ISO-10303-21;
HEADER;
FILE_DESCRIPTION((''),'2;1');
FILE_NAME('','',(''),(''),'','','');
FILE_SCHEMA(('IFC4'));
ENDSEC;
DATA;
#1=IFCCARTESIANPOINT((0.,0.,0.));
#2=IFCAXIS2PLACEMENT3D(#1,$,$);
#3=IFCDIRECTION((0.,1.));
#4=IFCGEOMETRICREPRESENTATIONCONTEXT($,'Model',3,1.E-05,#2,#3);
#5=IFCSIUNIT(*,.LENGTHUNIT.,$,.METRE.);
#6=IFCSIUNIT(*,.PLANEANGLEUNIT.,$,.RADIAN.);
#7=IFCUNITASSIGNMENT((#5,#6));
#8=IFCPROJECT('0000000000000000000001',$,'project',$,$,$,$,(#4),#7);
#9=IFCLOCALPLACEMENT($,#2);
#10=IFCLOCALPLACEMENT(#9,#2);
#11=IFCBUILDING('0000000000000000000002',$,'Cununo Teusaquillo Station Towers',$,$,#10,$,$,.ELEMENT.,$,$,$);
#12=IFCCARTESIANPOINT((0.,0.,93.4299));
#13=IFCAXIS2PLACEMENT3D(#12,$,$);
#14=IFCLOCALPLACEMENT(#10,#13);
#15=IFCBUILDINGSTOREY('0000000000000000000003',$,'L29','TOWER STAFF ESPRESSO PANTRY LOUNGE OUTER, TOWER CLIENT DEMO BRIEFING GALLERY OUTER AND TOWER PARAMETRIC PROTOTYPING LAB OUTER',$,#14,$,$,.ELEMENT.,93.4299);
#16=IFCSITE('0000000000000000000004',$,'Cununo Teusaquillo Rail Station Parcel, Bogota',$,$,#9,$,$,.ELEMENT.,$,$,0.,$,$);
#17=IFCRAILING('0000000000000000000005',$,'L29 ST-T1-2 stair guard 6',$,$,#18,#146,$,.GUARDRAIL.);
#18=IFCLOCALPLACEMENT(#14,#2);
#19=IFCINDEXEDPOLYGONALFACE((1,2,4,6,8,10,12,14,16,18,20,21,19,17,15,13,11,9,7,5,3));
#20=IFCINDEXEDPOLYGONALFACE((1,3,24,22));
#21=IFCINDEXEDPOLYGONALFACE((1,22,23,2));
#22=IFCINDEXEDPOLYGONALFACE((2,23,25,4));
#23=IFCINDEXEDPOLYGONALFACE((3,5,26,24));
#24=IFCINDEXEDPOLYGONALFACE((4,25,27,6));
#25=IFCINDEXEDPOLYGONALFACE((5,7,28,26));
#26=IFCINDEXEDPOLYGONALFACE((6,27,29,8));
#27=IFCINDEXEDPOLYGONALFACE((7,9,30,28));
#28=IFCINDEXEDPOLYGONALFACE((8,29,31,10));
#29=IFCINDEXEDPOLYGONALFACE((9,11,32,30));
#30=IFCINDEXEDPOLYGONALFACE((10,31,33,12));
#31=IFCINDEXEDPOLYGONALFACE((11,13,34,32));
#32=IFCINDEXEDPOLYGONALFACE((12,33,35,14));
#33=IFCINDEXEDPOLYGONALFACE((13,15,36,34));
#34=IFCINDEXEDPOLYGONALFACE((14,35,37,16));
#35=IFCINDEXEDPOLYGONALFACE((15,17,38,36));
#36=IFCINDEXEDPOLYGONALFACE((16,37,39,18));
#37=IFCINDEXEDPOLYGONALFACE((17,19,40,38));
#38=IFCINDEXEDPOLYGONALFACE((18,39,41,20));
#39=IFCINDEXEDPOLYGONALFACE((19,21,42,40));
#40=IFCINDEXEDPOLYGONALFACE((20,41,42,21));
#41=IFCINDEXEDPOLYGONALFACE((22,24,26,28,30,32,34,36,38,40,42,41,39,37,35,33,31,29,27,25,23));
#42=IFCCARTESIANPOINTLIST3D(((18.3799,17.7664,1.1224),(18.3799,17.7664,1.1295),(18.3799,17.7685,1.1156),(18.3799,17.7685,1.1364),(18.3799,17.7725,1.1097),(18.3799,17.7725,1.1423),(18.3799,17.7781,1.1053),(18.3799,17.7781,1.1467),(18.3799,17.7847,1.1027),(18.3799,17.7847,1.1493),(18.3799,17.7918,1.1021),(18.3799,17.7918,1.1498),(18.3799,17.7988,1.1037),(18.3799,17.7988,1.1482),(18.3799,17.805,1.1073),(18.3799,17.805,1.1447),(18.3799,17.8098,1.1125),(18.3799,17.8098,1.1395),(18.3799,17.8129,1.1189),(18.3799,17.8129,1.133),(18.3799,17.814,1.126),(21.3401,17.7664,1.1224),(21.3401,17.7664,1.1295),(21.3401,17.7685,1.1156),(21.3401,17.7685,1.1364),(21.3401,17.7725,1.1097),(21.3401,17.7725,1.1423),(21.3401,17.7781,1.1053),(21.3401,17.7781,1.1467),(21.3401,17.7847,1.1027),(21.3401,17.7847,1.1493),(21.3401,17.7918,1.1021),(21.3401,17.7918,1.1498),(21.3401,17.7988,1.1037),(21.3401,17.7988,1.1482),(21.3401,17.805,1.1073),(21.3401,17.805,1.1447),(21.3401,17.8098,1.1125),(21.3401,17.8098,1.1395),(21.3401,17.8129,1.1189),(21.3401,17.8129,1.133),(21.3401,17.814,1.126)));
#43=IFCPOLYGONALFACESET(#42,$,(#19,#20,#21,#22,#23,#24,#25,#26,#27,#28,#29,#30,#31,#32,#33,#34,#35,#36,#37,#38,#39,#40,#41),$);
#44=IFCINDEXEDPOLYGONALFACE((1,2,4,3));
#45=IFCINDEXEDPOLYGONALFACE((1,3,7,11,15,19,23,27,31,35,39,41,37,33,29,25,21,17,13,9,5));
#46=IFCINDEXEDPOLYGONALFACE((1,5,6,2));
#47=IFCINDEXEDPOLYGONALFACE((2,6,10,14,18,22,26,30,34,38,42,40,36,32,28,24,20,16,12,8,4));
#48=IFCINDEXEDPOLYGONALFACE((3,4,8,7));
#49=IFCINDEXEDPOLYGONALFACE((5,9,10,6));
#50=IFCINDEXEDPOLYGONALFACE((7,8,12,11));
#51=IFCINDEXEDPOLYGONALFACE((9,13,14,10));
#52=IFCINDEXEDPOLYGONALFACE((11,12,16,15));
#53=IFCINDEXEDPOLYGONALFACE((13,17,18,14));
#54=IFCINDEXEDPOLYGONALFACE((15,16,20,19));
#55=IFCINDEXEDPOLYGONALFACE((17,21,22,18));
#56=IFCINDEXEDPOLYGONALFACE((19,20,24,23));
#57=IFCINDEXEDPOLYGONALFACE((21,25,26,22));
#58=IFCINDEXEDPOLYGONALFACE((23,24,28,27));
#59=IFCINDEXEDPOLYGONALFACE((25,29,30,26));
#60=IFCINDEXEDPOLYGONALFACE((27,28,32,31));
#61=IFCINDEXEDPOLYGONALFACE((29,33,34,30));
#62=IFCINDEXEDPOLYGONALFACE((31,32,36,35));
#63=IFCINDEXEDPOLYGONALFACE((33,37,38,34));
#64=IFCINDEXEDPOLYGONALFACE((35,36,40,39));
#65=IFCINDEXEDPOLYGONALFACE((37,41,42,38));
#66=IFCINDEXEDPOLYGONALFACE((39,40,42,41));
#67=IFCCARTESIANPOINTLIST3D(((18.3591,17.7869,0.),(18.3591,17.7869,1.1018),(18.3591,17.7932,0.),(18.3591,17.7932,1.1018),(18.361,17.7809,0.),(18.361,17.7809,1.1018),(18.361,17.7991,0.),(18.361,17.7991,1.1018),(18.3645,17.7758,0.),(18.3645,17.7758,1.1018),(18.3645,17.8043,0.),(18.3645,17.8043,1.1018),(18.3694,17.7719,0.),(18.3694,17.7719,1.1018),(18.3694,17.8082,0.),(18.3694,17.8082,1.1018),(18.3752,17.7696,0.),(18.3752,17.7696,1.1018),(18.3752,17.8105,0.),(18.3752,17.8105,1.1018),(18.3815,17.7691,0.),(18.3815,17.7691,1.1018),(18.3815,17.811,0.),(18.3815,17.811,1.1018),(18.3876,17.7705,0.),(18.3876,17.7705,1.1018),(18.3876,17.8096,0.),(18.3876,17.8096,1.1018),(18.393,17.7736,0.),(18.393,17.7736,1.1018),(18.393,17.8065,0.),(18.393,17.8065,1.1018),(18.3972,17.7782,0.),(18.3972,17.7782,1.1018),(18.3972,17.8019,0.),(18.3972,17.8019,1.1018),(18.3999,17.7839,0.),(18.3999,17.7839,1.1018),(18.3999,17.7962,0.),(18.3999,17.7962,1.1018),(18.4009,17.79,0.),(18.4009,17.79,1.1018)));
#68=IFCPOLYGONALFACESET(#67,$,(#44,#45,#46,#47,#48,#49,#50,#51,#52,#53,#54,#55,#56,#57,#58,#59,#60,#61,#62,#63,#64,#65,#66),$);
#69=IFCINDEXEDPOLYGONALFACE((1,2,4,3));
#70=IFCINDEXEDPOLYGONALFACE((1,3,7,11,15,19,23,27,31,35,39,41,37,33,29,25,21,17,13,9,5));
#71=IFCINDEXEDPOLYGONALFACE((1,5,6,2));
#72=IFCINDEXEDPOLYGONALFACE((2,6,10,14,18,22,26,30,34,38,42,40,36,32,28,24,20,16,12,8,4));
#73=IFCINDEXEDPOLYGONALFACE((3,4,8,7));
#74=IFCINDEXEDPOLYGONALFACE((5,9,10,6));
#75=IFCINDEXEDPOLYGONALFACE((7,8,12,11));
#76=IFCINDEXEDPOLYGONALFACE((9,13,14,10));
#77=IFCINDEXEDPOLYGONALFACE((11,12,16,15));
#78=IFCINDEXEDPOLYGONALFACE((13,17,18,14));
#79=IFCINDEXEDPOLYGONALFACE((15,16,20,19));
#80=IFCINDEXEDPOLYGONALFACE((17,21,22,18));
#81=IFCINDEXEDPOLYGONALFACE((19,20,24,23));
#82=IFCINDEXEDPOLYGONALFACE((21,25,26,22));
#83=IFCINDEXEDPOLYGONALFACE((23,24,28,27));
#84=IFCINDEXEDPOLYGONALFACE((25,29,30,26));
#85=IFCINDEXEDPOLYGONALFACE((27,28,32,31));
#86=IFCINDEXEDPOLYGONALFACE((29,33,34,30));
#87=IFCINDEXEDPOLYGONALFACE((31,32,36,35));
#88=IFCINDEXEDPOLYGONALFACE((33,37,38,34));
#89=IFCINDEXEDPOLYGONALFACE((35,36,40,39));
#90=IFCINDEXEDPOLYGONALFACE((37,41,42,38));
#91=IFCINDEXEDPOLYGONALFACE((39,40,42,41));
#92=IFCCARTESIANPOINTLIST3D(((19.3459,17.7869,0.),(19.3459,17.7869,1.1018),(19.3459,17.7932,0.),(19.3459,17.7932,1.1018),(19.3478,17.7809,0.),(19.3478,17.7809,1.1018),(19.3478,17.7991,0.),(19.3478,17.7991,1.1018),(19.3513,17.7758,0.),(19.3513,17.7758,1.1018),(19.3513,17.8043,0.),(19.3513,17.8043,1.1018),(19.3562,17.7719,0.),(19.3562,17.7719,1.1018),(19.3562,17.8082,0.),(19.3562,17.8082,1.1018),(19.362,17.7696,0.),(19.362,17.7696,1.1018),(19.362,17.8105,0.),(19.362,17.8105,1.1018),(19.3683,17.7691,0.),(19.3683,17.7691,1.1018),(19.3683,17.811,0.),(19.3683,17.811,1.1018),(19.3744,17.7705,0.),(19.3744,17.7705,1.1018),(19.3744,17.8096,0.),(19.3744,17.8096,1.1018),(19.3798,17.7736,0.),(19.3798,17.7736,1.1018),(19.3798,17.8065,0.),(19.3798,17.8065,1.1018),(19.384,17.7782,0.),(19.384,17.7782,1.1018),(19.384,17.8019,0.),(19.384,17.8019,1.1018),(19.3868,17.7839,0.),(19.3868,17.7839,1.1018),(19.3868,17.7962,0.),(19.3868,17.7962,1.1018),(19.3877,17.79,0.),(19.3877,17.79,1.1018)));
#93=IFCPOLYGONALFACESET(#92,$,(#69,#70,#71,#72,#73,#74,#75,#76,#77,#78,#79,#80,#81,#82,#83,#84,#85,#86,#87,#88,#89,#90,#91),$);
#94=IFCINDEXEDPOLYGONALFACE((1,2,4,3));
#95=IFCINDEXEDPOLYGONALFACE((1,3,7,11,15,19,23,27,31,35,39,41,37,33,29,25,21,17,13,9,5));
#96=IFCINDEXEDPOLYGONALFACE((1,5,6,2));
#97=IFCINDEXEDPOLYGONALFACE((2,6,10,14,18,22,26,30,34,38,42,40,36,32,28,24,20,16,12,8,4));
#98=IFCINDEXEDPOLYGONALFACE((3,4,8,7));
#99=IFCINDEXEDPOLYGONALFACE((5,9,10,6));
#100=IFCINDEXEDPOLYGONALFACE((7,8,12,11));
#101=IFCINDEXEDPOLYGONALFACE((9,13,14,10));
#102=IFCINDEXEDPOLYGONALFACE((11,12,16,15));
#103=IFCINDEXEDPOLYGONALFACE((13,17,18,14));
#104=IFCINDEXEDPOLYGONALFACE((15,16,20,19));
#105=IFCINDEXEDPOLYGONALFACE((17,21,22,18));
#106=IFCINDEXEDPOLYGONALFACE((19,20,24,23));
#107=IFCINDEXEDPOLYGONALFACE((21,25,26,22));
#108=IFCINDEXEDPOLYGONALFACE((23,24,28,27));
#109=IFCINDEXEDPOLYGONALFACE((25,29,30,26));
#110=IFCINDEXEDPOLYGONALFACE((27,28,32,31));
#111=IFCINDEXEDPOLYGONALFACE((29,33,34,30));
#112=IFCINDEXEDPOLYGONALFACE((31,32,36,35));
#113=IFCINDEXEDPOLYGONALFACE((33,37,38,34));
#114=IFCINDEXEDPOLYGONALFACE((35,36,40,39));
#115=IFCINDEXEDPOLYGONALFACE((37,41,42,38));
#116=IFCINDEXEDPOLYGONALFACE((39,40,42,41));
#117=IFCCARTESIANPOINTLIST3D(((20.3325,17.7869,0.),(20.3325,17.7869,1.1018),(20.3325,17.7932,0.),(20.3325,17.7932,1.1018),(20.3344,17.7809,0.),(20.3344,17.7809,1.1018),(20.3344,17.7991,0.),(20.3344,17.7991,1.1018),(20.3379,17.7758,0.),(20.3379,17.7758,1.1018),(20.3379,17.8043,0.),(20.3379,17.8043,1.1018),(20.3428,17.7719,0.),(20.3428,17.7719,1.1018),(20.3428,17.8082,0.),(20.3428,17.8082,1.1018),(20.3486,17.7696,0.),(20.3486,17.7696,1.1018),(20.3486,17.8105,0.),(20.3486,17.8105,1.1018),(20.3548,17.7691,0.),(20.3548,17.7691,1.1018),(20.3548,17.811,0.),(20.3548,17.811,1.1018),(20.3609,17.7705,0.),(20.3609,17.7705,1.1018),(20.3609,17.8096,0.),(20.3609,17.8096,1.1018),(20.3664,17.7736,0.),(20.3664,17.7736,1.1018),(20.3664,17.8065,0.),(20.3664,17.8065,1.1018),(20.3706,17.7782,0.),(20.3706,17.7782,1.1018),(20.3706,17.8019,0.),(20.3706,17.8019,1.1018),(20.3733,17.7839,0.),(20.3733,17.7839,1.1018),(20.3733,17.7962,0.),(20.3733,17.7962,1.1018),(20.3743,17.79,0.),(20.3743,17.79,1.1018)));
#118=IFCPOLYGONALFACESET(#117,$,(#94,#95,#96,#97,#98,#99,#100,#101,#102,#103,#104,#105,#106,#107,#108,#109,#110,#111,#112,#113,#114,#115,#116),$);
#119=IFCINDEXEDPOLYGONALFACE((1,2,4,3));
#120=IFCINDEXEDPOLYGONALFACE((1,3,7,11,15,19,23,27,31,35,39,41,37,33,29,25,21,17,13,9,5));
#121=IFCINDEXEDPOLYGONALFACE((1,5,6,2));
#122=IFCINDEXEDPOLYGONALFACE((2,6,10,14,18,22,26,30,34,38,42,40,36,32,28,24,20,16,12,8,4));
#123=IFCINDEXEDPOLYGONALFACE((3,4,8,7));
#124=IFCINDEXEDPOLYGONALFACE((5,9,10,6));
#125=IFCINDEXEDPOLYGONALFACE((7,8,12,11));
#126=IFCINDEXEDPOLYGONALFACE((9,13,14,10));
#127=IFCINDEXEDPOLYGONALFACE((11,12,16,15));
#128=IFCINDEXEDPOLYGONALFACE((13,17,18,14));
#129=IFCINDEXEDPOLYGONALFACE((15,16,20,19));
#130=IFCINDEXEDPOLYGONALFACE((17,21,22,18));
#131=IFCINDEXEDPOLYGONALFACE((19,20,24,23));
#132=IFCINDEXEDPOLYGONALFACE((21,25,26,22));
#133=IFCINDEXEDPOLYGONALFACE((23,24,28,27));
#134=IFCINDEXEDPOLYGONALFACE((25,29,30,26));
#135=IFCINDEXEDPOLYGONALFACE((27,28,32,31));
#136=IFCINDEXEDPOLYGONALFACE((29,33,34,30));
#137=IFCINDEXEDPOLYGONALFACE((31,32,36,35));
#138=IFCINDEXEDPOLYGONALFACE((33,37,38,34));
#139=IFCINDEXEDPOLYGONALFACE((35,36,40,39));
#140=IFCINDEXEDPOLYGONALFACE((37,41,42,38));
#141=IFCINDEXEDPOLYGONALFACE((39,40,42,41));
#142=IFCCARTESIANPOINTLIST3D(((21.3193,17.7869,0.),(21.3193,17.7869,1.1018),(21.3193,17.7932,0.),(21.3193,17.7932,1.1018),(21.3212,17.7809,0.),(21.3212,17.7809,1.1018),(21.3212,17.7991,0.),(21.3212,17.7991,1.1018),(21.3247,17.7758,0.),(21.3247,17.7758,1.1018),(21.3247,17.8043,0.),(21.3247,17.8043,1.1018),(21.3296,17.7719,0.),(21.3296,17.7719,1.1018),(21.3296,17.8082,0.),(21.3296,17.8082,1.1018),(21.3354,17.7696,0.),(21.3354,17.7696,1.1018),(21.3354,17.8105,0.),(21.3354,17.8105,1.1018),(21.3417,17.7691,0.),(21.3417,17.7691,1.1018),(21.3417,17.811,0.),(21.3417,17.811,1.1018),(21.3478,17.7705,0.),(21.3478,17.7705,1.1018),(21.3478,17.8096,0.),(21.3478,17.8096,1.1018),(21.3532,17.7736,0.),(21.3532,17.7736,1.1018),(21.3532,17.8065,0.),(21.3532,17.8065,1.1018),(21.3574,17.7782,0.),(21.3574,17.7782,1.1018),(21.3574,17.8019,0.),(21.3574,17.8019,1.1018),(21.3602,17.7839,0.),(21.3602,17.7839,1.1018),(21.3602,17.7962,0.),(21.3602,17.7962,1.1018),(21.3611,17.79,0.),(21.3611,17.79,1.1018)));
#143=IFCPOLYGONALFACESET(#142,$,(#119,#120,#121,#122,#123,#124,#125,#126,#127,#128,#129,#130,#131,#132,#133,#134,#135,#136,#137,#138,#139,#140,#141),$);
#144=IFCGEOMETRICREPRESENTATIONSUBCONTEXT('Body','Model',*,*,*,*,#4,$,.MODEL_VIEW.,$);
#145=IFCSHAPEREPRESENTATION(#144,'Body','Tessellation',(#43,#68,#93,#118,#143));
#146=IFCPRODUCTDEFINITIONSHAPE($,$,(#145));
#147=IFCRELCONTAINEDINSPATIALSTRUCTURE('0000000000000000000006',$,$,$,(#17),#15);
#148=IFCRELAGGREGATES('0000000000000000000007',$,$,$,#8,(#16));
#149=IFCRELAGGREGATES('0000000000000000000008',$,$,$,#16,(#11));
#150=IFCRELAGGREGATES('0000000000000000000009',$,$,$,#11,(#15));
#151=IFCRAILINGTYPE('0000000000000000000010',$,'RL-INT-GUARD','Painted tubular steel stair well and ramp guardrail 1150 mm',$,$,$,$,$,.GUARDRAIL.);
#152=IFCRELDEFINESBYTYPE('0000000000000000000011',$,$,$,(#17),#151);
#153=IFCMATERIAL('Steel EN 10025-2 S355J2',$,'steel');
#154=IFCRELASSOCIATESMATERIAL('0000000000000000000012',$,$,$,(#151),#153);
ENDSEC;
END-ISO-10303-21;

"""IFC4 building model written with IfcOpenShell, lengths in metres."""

from ifc_helpers import new_model, si_unit, direction, frame, origin, origin_2d, place, context, subcontext, project, spatial, circle, extrude, material, type_object, element, save


model = new_model("IFC4")

# Units and contexts
model_context = context("Model", 3, precision=1e-05, world=origin(), true_north=direction((0.0, 1.0)))
body_context = subcontext(model_context, "Body", "Model", "MODEL_VIEW")
ifc_project = project(units=[si_unit("LENGTHUNIT", "METRE"), si_unit("PLANEANGLEUNIT", "RADIAN")], contexts=[model_context])

# Site, building, storey
site_placement = place(None, origin())
site = spatial("IfcSite", under=ifc_project, at=site_placement, Name="Cununo Teusaquillo Rail Station Parcel, Bogota", CompositionType="ELEMENT", RefElevation=0.0)
building_placement = place(site_placement, origin())
building = spatial("IfcBuilding", under=site, at=building_placement, Name="Cununo Teusaquillo Station Towers", CompositionType="ELEMENT")
storey_placement = place(building_placement, frame((0.0, 0.0, 93.4299)))
storey = spatial("IfcBuildingStorey", under=building, at=storey_placement, Name="L29", Description="TOWER STAFF ESPRESSO PANTRY LOUNGE OUTER, TOWER CLIENT DEMO BRIEFING GALLERY OUTER AND TOWER PARAMETRIC PROTOTYPING LAB OUTER", CompositionType="ELEMENT", Elevation=93.4299)

# Railing
ifc_material_1 = material(Name="Steel EN 10025-2 S355J2", Category="steel")
railing_type_1 = type_object("IfcRailingType", Name="RL-INT-GUARD", Description="Painted tubular steel stair well and ramp guardrail 1150 mm", PredefinedType="GUARDRAIL", material=ifc_material_1)
railing_1_placement = place(storey_placement, frame((18.3799, 17.79, 0.0)))
element("IfcRailing", 1, at=railing_1_placement, inside=storey, type_object=railing_type_1, Name="L29 ST-T1-2 stair guard 6", PredefinedType="GUARDRAIL", context=body_context, shape_type="SweptSolid", body=[
    extrude(circle(Radius=0.0239, at=origin_2d()), frame((0.0, 0.0, 1.126), z_axis=(1.0, 0.0, 0.0), x_axis=(0.0, 1.0, 0.0)), (0.0, 0.0, 1.0), 2.9602),
    extrude(circle(Radius=0.021, at=origin_2d()), origin(), (0.0, 0.0, 1.0), 1.1018),
    extrude(circle(Radius=0.021, at=origin_2d()), frame((0.9868, 0.0, 0.0)), (0.0, 0.0, 1.0), 1.1018),
    extrude(circle(Radius=0.021, at=origin_2d()), frame((1.9734, 0.0, 0.0)), (0.0, 0.0, 1.0), 1.1018),
    extrude(circle(Radius=0.021, at=origin_2d()), frame((2.9602, 0.0, 0.0)), (0.0, 0.0, 1.0), 1.1018),
])

save(model, "model.ifc")
